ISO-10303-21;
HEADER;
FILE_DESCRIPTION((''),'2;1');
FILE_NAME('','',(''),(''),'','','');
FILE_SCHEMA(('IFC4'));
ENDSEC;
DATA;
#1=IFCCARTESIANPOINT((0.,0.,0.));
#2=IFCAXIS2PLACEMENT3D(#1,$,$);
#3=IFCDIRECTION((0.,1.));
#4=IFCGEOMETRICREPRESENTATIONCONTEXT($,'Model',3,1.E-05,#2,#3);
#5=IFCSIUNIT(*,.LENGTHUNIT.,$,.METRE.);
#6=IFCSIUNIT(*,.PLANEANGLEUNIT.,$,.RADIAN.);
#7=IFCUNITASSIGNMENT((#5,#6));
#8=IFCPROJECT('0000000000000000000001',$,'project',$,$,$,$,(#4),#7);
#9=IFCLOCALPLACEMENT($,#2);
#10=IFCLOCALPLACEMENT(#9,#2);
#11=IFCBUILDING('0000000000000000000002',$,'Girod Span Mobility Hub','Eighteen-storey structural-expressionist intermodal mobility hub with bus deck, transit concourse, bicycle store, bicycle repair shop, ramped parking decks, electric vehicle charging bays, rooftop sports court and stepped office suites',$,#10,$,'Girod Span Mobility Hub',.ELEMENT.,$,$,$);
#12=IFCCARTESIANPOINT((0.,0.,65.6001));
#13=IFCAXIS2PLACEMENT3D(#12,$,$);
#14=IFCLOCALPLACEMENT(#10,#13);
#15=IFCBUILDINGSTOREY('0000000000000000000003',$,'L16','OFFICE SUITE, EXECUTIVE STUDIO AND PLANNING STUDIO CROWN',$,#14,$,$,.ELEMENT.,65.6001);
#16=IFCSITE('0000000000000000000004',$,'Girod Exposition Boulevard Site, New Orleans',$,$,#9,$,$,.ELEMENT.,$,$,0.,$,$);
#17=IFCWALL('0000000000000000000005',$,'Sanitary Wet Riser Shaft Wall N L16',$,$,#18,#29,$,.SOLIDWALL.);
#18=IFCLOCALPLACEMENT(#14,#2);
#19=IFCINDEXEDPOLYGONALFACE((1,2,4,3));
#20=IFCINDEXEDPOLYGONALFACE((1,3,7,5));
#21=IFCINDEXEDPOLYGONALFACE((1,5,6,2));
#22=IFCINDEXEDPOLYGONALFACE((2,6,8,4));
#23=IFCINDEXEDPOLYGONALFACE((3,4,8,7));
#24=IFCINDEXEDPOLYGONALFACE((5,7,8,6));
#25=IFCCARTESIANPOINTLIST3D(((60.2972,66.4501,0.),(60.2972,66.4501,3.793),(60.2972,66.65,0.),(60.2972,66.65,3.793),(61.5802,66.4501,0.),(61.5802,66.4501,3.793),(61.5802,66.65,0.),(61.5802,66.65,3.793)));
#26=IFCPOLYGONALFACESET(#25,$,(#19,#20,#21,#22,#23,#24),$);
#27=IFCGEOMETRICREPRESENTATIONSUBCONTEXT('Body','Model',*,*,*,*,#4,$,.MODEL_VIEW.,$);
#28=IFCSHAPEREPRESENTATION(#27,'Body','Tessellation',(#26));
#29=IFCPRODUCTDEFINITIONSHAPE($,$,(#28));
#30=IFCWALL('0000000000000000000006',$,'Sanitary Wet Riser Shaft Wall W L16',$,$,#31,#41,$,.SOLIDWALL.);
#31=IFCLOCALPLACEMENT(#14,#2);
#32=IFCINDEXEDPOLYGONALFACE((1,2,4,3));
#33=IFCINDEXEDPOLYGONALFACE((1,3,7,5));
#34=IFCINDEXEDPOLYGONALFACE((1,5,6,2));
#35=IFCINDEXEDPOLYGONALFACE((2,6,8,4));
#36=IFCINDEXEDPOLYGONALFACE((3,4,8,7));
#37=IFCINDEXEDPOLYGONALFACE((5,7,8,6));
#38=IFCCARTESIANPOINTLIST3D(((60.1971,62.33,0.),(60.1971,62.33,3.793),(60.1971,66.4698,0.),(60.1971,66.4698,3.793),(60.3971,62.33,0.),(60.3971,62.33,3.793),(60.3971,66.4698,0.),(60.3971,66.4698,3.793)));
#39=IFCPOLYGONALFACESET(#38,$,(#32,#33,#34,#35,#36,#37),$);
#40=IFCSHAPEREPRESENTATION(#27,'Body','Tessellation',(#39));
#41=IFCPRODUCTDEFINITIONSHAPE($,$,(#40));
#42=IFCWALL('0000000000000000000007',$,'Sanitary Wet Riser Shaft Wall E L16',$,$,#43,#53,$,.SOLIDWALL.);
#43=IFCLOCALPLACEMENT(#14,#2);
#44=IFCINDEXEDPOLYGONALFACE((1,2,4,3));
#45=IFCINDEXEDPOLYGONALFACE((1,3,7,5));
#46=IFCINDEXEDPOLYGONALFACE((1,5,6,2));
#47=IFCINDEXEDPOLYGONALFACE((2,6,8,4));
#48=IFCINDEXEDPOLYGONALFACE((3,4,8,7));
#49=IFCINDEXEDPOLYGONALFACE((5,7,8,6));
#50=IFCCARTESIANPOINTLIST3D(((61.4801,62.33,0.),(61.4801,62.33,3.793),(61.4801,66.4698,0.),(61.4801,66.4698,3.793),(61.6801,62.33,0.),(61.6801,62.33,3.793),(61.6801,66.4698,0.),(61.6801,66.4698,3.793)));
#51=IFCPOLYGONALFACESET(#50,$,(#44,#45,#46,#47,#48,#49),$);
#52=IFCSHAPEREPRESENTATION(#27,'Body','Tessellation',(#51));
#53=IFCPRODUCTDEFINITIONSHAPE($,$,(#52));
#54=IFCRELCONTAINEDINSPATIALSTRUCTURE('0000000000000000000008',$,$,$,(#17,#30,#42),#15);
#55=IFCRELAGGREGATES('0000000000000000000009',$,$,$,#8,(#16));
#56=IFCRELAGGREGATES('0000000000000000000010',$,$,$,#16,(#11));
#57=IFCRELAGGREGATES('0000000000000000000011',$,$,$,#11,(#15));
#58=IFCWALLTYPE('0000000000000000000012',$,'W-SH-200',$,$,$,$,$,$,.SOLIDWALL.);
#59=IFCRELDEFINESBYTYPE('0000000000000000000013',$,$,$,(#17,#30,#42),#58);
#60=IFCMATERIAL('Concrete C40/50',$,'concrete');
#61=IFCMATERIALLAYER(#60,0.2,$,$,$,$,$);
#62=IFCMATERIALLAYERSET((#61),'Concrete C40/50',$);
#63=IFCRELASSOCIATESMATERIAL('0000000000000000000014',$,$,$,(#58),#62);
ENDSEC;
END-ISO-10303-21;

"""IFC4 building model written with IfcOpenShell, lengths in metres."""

from ifc_helpers import new_model, si_unit, direction, frame, frame_2d, origin, place, context, subcontext, project, spatial, rectangle, extrude, material, layer, layer_set, type_object, element, save


model = new_model("IFC4")

# Units and contexts
model_context = context("Model", 3, precision=1e-05, world=origin(), true_north=direction((0.0, 1.0)))
body_context = subcontext(model_context, "Body", "Model", "MODEL_VIEW")
ifc_project = project(units=[si_unit("LENGTHUNIT", "METRE"), si_unit("PLANEANGLEUNIT", "RADIAN")], contexts=[model_context])

# Site, building, storey
site_placement = place(None, origin())
site = spatial("IfcSite", under=ifc_project, at=site_placement, Name="Girod Exposition Boulevard Site, New Orleans", CompositionType="ELEMENT", RefElevation=0.0)
building_placement = place(site_placement, origin())
building = spatial("IfcBuilding", under=site, at=building_placement, Name="Girod Span Mobility Hub", Description="Eighteen-storey structural-expressionist intermodal mobility hub with bus deck, transit concourse, bicycle store, bicycle repair shop, ramped parking decks, electric vehicle charging bays, rooftop sports court and stepped office suites", LongName="Girod Span Mobility Hub", CompositionType="ELEMENT")
storey_placement = place(building_placement, frame((0.0, 0.0, 65.6001)))
storey = spatial("IfcBuildingStorey", under=building, at=storey_placement, Name="L16", Description="OFFICE SUITE, EXECUTIVE STUDIO AND PLANNING STUDIO CROWN", CompositionType="ELEMENT", Elevation=65.6001)

# Walls
ifc_material_1 = material(Name="Concrete C40/50", Category="concrete")
ifc_layer_1 = layer(ifc_material_1, 0.2)
ifc_layer_set_1 = layer_set([ifc_layer_1], Name="Concrete C40/50")
wall_type_1 = type_object("IfcWallType", Name="W-SH-200", PredefinedType="SOLIDWALL", material=ifc_layer_set_1)
for number, where, z_axis, x_axis, name in (
    (1, (60.2971, 66.55, 0.0), (0.0, 0.0, 1.0), (1.0, 0.0, 0.0), "Sanitary Wet Riser Shaft Wall N L16"),
):
    element("IfcWall", number, at=place(storey_placement, frame(where, z_axis=z_axis, x_axis=x_axis)), inside=storey, type_object=wall_type_1, Name=name, PredefinedType="SOLIDWALL", context=body_context, shape_type="SweptSolid", body=[
        extrude(rectangle(XDim=1.283, YDim=0.2, at=frame_2d((0.6416, 0.0))), origin(), (0.0, 0.0, 1.0), 3.793),
    ])
for number, where, z_axis, x_axis, name in (
    (2, (60.2971, 62.3301, 0.0), (0.0, 0.0, 1.0), (0.0, 1.0, 0.0), "Sanitary Wet Riser Shaft Wall W L16"),
    (3, (61.5801, 62.3301, 0.0), (0.0, 0.0, 1.0), (0.0, 1.0, 0.0), "Sanitary Wet Riser Shaft Wall E L16"),
):
    element("IfcWall", number, at=place(storey_placement, frame(where, z_axis=z_axis, x_axis=x_axis)), inside=storey, type_object=wall_type_1, Name=name, PredefinedType="SOLIDWALL", context=body_context, shape_type="SweptSolid", body=[
        extrude(rectangle(XDim=4.1399, YDim=0.2, at=frame_2d((2.0698, 0.0))), origin(), (0.0, 0.0, 1.0), 3.793),
    ])

save(model, "model.ifc")
